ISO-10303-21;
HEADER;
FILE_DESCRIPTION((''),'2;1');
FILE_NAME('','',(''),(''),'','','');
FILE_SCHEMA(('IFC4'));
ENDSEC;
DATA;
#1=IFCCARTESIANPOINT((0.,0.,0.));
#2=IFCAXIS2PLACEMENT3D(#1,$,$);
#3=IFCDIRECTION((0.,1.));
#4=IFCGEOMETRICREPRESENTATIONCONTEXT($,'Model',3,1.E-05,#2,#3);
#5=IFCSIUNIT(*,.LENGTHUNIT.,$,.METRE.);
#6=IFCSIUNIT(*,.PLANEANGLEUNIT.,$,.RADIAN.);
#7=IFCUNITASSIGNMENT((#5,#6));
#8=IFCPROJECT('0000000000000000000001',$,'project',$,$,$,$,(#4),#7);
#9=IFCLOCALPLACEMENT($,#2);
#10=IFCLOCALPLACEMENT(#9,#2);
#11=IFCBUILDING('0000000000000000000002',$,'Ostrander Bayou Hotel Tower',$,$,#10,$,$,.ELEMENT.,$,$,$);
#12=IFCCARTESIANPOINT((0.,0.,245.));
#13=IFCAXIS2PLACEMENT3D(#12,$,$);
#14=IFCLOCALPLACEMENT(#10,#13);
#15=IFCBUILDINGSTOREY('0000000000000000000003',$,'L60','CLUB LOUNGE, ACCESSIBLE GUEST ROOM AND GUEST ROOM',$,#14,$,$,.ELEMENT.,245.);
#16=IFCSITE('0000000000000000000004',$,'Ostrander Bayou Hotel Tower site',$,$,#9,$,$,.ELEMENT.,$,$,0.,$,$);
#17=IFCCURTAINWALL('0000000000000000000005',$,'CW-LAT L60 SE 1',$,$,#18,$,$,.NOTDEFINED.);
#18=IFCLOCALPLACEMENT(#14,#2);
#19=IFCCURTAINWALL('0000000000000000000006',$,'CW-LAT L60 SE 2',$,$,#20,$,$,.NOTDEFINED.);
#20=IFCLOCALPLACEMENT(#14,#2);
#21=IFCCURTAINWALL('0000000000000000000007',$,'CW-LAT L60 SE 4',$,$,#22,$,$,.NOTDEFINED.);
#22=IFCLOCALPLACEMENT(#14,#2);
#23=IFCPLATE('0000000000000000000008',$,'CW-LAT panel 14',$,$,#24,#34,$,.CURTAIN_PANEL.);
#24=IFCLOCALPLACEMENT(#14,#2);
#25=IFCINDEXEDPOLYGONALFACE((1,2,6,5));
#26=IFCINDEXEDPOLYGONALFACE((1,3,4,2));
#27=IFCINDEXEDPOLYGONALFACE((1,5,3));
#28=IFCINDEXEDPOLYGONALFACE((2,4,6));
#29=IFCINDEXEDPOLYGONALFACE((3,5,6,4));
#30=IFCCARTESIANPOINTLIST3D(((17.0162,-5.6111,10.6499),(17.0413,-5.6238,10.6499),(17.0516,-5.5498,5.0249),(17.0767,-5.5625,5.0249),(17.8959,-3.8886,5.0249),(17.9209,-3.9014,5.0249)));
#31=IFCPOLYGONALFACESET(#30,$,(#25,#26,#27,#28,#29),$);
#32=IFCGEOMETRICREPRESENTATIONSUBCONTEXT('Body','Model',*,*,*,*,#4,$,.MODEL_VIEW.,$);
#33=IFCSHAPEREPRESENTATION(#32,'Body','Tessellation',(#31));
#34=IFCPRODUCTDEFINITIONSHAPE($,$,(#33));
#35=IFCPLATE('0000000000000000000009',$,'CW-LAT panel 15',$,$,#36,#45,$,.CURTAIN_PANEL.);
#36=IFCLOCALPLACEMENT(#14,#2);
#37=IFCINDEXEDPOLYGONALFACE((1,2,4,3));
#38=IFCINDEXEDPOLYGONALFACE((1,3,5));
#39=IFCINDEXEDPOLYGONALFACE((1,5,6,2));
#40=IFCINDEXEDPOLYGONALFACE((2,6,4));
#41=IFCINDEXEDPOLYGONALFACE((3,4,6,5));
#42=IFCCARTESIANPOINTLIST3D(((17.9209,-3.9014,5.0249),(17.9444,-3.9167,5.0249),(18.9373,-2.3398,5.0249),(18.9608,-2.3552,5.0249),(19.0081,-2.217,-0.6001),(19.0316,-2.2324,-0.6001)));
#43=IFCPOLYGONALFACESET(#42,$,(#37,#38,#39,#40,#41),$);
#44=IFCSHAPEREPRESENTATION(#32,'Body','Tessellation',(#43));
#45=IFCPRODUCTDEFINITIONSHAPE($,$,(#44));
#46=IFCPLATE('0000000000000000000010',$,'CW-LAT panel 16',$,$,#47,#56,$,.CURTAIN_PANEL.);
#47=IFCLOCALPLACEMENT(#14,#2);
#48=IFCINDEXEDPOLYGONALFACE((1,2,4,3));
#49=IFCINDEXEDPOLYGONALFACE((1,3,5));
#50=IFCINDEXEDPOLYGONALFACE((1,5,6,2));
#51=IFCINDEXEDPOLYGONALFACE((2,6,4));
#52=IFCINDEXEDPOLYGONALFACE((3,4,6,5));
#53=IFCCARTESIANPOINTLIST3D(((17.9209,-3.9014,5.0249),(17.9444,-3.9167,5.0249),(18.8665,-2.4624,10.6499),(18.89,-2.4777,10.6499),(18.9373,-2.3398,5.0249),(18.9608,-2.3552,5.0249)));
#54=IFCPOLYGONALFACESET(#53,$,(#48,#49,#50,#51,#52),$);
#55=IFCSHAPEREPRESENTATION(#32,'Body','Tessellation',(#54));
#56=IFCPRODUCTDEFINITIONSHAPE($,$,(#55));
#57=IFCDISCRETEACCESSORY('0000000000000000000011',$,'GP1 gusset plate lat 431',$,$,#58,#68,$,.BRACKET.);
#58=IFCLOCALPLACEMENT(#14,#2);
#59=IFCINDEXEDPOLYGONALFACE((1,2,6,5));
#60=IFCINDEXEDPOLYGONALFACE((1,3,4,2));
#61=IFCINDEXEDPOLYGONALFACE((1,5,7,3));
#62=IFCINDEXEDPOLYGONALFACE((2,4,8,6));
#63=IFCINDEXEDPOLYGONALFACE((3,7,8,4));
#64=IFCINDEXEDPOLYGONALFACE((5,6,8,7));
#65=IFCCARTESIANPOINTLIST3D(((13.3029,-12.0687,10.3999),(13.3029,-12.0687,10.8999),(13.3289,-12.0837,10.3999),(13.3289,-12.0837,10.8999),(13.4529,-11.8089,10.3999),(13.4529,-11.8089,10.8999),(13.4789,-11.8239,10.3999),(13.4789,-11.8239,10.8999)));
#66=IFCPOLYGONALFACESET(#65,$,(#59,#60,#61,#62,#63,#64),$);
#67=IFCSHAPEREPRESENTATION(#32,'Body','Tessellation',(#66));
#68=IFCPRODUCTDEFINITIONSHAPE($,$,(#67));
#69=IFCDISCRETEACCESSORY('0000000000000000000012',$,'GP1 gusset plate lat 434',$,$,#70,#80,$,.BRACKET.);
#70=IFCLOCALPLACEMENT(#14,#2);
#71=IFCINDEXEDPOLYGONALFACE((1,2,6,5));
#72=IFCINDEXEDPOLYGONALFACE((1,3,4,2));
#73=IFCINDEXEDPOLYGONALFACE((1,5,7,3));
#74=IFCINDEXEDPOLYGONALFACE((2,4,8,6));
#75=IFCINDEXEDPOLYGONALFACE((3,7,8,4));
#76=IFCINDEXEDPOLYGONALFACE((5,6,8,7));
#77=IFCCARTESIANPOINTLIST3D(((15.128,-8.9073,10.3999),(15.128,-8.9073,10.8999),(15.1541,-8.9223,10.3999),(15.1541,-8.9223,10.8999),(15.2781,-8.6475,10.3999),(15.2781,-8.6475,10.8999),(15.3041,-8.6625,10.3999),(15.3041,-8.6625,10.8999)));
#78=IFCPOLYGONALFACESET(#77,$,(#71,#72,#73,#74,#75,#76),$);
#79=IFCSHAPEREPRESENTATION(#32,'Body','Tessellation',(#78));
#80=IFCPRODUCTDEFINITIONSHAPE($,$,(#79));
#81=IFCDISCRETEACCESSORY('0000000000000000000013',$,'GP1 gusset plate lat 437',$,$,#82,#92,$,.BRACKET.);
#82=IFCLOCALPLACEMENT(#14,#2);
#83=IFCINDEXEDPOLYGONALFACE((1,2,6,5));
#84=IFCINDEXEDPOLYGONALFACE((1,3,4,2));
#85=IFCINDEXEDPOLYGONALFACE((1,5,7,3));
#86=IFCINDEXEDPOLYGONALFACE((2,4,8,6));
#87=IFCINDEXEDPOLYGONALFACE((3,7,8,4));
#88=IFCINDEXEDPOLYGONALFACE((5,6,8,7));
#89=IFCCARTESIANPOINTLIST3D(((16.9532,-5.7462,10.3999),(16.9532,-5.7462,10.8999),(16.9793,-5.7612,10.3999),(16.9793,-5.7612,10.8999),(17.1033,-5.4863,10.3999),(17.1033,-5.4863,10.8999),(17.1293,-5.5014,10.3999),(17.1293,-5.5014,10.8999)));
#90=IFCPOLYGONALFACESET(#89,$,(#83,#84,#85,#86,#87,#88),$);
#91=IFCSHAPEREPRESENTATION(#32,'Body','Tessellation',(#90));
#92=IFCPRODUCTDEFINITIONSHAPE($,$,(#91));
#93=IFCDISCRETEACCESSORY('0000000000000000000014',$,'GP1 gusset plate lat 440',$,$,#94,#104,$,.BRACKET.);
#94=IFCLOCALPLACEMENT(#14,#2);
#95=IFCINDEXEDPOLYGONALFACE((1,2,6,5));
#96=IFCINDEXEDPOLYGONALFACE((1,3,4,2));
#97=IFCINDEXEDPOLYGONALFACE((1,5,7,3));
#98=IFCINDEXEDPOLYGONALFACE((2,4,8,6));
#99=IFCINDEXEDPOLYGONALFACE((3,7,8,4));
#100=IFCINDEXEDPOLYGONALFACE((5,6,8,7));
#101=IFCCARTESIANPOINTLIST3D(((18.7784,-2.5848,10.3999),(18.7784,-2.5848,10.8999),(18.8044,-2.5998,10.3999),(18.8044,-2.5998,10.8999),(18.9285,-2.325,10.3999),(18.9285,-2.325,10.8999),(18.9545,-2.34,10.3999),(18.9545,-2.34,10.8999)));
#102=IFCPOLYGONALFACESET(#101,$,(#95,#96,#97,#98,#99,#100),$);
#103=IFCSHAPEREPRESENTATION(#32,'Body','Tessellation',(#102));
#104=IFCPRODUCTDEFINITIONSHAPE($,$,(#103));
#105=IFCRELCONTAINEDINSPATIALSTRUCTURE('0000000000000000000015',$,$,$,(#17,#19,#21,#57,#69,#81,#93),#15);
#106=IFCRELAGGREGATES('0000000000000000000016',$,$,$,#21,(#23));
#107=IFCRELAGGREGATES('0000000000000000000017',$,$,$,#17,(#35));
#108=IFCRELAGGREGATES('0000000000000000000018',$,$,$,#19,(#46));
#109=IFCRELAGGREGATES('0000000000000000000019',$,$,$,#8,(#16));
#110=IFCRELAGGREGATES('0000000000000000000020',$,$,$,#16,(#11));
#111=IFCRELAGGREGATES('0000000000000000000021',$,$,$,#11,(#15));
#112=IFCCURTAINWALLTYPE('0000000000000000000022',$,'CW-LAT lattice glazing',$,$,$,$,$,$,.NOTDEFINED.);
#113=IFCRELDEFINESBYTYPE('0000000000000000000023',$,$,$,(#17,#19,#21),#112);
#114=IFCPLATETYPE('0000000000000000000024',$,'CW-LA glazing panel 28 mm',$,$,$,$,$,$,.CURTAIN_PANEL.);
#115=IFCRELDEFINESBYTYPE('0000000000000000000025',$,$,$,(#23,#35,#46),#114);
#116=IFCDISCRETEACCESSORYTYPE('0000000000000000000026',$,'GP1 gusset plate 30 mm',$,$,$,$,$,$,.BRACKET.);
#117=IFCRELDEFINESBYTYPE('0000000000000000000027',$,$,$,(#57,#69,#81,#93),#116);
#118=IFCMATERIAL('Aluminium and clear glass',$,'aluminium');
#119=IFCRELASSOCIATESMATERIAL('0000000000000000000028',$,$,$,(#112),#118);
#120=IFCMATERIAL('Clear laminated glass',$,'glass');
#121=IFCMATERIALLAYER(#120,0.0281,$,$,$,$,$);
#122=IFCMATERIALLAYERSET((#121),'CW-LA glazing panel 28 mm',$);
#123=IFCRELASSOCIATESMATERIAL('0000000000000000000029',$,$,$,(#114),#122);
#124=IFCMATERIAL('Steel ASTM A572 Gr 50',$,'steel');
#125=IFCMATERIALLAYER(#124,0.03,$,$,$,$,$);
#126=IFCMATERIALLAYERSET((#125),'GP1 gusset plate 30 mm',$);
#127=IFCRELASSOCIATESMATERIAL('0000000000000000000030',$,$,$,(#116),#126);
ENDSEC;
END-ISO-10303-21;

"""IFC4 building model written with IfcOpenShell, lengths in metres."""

from ifc_helpers import new_model, si_unit, direction, frame, origin, origin_2d, place, context, subcontext, project, spatial, polyline, rectangle, outline, extrude, material, layer, layer_set, type_object, element, aggregate, save


model = new_model("IFC4")

# Units and contexts
model_context = context("Model", 3, precision=1e-05, world=origin(), true_north=direction((0.0, 1.0)))
body_context = subcontext(model_context, "Body", "Model", "MODEL_VIEW")
ifc_project = project(units=[si_unit("LENGTHUNIT", "METRE"), si_unit("PLANEANGLEUNIT", "RADIAN")], contexts=[model_context])

# Site, building, storey
site_placement = place(None, origin())
site = spatial("IfcSite", under=ifc_project, at=site_placement, Name="Ostrander Bayou Hotel Tower site", CompositionType="ELEMENT", RefElevation=0.0)
building_placement = place(site_placement, origin())
building = spatial("IfcBuilding", under=site, at=building_placement, Name="Ostrander Bayou Hotel Tower", CompositionType="ELEMENT")
storey_placement = place(building_placement, frame((0.0, 0.0, 245.0)))
storey = spatial("IfcBuildingStorey", under=building, at=storey_placement, Name="L60", Description="CLUB LOUNGE, ACCESSIBLE GUEST ROOM AND GUEST ROOM", CompositionType="ELEMENT", Elevation=245.0)

# Curtain walls
ifc_material_1 = material(Name="Aluminium and clear glass", Category="aluminium")
curtain_wall_type = type_object("IfcCurtainWallType", Name="CW-LAT lattice glazing", PredefinedType="NOTDEFINED", material=ifc_material_1)
curtain_wall_1_placement = place(storey_placement, origin())
curtain_wall_1 = element("IfcCurtainWall", 1, at=curtain_wall_1_placement, inside=storey, type_object=curtain_wall_type, Name="CW-LAT L60 SE 1", PredefinedType="NOTDEFINED")
curtain_wall_2_placement = place(storey_placement, origin())
curtain_wall_2 = element("IfcCurtainWall", 2, at=curtain_wall_2_placement, inside=storey, type_object=curtain_wall_type, Name="CW-LAT L60 SE 2", PredefinedType="NOTDEFINED")

# Curtain wall
ifc_material_2 = material(Name="Clear laminated glass", Category="glass")
ifc_layer_1 = layer(ifc_material_2, 0.0281)
ifc_layer_set_1 = layer_set([ifc_layer_1], Name="CW-LA glazing panel 28 mm")
plate_type = type_object("IfcPlateType", Name="CW-LA glazing panel 28 mm", PredefinedType="CURTAIN_PANEL", material=ifc_layer_set_1)
curtain_wall_3_placement = place(storey_placement, origin())
curtain_wall_3 = element("IfcCurtainWall", 3, at=curtain_wall_3_placement, inside=storey, type_object=curtain_wall_type, Name="CW-LAT L60 SE 4", PredefinedType="NOTDEFINED")

# Plates
plate_1_placement = place(storey_placement, frame((17.9209, -3.9014, 5.0249), z_axis=(0.891473, -0.453074, 0.000675), x_axis=(-0.147883, -0.289569, 0.945664)))
plate_1 = element("IfcPlate", 4, at=plate_1_placement, type_object=plate_type, Name="CW-LAT panel 14", PredefinedType="CURTAIN_PANEL", context=body_context, shape_type="SweptSolid", body=[
    extrude(outline(polyline([(0.0, 0.0), (5.9482, 0.0), (0.6059, 1.7621), (0.0, 0.0)])), origin(), (0.0, 0.0, -1.0), 0.0281),
])
aggregate(curtain_wall_3, [plate_1])
plate_2_placement = place(storey_placement, frame((17.9209, -3.9014, 5.0249), z_axis=(-0.838107, 0.545504, 0.00136), x_axis=(0.182056, 0.282058, -0.941965)))
plate_2 = element("IfcPlate", 5, at=plate_2_placement, type_object=plate_type, Name="CW-LAT panel 15", PredefinedType="CURTAIN_PANEL", context=body_context, shape_type="SweptSolid", body=[
    extrude(outline(polyline([(0.0, 0.0), (5.9716, 0.0), (0.6255, -1.755), (0.0, 0.0)])), origin(), (0.0, 0.0, -1.0), 0.0281),
])
aggregate(curtain_wall_1, [plate_2])
plate_3_placement = place(storey_placement, frame((17.9209, -3.9014, 5.0249), z_axis=(-0.838107, 0.545504, 0.001336), x_axis=(0.160737, 0.244613, 0.956205)))
plate_3 = element("IfcPlate", 6, at=plate_3_placement, type_object=plate_type, Name="CW-LAT panel 16", PredefinedType="CURTAIN_PANEL", context=body_context, shape_type="SweptSolid", body=[
    extrude(outline(polyline([(0.0, 0.0), (5.8826, 0.0), (0.5453, 1.7816), (0.0, 0.0)])), origin(), (0.0, 0.0, -1.0), 0.0281),
])
aggregate(curtain_wall_2, [plate_3])

# Discrete accessories
ifc_material_3 = material(Name="Steel ASTM A572 Gr 50", Category="steel")
ifc_layer_2 = layer(ifc_material_3, 0.03)
ifc_layer_set_2 = layer_set([ifc_layer_2], Name="GP1 gusset plate 30 mm")
discrete_accessory_type = type_object("IfcDiscreteAccessoryType", Name="GP1 gusset plate 30 mm", PredefinedType="BRACKET", material=ifc_layer_set_2)
for number, where, z_axis, x_axis, name in (
    (7, (13.3909, -11.9463, 10.3999), (0.0, 0.0, 1.0), (0.5, 0.866025, 0.0), "GP1 gusset plate lat 431"),
    (8, (15.2161, -8.7849, 10.3999), (0.0, 0.0, 1.0), (0.5, 0.866025, 0.0), "GP1 gusset plate lat 434"),
    (9, (17.0413, -5.6238, 10.3999), (0.0, 0.0, 1.0), (0.5, 0.866025, 0.0), "GP1 gusset plate lat 437"),
    (10, (18.8665, -2.4624, 10.3999), (0.0, 0.0, 1.0), (0.5, 0.866025, 0.0), "GP1 gusset plate lat 440"),
):
    element("IfcDiscreteAccessory", number, at=place(storey_placement, frame(where, z_axis=z_axis, x_axis=x_axis)), inside=storey, type_object=discrete_accessory_type, Name=name, PredefinedType="BRACKET", context=body_context, shape_type="SweptSolid", body=[
        extrude(rectangle(XDim=0.3, YDim=0.03, at=origin_2d()), origin(), (0.0, 0.0, 1.0), 0.5),
    ])

save(model, "model.ifc")
